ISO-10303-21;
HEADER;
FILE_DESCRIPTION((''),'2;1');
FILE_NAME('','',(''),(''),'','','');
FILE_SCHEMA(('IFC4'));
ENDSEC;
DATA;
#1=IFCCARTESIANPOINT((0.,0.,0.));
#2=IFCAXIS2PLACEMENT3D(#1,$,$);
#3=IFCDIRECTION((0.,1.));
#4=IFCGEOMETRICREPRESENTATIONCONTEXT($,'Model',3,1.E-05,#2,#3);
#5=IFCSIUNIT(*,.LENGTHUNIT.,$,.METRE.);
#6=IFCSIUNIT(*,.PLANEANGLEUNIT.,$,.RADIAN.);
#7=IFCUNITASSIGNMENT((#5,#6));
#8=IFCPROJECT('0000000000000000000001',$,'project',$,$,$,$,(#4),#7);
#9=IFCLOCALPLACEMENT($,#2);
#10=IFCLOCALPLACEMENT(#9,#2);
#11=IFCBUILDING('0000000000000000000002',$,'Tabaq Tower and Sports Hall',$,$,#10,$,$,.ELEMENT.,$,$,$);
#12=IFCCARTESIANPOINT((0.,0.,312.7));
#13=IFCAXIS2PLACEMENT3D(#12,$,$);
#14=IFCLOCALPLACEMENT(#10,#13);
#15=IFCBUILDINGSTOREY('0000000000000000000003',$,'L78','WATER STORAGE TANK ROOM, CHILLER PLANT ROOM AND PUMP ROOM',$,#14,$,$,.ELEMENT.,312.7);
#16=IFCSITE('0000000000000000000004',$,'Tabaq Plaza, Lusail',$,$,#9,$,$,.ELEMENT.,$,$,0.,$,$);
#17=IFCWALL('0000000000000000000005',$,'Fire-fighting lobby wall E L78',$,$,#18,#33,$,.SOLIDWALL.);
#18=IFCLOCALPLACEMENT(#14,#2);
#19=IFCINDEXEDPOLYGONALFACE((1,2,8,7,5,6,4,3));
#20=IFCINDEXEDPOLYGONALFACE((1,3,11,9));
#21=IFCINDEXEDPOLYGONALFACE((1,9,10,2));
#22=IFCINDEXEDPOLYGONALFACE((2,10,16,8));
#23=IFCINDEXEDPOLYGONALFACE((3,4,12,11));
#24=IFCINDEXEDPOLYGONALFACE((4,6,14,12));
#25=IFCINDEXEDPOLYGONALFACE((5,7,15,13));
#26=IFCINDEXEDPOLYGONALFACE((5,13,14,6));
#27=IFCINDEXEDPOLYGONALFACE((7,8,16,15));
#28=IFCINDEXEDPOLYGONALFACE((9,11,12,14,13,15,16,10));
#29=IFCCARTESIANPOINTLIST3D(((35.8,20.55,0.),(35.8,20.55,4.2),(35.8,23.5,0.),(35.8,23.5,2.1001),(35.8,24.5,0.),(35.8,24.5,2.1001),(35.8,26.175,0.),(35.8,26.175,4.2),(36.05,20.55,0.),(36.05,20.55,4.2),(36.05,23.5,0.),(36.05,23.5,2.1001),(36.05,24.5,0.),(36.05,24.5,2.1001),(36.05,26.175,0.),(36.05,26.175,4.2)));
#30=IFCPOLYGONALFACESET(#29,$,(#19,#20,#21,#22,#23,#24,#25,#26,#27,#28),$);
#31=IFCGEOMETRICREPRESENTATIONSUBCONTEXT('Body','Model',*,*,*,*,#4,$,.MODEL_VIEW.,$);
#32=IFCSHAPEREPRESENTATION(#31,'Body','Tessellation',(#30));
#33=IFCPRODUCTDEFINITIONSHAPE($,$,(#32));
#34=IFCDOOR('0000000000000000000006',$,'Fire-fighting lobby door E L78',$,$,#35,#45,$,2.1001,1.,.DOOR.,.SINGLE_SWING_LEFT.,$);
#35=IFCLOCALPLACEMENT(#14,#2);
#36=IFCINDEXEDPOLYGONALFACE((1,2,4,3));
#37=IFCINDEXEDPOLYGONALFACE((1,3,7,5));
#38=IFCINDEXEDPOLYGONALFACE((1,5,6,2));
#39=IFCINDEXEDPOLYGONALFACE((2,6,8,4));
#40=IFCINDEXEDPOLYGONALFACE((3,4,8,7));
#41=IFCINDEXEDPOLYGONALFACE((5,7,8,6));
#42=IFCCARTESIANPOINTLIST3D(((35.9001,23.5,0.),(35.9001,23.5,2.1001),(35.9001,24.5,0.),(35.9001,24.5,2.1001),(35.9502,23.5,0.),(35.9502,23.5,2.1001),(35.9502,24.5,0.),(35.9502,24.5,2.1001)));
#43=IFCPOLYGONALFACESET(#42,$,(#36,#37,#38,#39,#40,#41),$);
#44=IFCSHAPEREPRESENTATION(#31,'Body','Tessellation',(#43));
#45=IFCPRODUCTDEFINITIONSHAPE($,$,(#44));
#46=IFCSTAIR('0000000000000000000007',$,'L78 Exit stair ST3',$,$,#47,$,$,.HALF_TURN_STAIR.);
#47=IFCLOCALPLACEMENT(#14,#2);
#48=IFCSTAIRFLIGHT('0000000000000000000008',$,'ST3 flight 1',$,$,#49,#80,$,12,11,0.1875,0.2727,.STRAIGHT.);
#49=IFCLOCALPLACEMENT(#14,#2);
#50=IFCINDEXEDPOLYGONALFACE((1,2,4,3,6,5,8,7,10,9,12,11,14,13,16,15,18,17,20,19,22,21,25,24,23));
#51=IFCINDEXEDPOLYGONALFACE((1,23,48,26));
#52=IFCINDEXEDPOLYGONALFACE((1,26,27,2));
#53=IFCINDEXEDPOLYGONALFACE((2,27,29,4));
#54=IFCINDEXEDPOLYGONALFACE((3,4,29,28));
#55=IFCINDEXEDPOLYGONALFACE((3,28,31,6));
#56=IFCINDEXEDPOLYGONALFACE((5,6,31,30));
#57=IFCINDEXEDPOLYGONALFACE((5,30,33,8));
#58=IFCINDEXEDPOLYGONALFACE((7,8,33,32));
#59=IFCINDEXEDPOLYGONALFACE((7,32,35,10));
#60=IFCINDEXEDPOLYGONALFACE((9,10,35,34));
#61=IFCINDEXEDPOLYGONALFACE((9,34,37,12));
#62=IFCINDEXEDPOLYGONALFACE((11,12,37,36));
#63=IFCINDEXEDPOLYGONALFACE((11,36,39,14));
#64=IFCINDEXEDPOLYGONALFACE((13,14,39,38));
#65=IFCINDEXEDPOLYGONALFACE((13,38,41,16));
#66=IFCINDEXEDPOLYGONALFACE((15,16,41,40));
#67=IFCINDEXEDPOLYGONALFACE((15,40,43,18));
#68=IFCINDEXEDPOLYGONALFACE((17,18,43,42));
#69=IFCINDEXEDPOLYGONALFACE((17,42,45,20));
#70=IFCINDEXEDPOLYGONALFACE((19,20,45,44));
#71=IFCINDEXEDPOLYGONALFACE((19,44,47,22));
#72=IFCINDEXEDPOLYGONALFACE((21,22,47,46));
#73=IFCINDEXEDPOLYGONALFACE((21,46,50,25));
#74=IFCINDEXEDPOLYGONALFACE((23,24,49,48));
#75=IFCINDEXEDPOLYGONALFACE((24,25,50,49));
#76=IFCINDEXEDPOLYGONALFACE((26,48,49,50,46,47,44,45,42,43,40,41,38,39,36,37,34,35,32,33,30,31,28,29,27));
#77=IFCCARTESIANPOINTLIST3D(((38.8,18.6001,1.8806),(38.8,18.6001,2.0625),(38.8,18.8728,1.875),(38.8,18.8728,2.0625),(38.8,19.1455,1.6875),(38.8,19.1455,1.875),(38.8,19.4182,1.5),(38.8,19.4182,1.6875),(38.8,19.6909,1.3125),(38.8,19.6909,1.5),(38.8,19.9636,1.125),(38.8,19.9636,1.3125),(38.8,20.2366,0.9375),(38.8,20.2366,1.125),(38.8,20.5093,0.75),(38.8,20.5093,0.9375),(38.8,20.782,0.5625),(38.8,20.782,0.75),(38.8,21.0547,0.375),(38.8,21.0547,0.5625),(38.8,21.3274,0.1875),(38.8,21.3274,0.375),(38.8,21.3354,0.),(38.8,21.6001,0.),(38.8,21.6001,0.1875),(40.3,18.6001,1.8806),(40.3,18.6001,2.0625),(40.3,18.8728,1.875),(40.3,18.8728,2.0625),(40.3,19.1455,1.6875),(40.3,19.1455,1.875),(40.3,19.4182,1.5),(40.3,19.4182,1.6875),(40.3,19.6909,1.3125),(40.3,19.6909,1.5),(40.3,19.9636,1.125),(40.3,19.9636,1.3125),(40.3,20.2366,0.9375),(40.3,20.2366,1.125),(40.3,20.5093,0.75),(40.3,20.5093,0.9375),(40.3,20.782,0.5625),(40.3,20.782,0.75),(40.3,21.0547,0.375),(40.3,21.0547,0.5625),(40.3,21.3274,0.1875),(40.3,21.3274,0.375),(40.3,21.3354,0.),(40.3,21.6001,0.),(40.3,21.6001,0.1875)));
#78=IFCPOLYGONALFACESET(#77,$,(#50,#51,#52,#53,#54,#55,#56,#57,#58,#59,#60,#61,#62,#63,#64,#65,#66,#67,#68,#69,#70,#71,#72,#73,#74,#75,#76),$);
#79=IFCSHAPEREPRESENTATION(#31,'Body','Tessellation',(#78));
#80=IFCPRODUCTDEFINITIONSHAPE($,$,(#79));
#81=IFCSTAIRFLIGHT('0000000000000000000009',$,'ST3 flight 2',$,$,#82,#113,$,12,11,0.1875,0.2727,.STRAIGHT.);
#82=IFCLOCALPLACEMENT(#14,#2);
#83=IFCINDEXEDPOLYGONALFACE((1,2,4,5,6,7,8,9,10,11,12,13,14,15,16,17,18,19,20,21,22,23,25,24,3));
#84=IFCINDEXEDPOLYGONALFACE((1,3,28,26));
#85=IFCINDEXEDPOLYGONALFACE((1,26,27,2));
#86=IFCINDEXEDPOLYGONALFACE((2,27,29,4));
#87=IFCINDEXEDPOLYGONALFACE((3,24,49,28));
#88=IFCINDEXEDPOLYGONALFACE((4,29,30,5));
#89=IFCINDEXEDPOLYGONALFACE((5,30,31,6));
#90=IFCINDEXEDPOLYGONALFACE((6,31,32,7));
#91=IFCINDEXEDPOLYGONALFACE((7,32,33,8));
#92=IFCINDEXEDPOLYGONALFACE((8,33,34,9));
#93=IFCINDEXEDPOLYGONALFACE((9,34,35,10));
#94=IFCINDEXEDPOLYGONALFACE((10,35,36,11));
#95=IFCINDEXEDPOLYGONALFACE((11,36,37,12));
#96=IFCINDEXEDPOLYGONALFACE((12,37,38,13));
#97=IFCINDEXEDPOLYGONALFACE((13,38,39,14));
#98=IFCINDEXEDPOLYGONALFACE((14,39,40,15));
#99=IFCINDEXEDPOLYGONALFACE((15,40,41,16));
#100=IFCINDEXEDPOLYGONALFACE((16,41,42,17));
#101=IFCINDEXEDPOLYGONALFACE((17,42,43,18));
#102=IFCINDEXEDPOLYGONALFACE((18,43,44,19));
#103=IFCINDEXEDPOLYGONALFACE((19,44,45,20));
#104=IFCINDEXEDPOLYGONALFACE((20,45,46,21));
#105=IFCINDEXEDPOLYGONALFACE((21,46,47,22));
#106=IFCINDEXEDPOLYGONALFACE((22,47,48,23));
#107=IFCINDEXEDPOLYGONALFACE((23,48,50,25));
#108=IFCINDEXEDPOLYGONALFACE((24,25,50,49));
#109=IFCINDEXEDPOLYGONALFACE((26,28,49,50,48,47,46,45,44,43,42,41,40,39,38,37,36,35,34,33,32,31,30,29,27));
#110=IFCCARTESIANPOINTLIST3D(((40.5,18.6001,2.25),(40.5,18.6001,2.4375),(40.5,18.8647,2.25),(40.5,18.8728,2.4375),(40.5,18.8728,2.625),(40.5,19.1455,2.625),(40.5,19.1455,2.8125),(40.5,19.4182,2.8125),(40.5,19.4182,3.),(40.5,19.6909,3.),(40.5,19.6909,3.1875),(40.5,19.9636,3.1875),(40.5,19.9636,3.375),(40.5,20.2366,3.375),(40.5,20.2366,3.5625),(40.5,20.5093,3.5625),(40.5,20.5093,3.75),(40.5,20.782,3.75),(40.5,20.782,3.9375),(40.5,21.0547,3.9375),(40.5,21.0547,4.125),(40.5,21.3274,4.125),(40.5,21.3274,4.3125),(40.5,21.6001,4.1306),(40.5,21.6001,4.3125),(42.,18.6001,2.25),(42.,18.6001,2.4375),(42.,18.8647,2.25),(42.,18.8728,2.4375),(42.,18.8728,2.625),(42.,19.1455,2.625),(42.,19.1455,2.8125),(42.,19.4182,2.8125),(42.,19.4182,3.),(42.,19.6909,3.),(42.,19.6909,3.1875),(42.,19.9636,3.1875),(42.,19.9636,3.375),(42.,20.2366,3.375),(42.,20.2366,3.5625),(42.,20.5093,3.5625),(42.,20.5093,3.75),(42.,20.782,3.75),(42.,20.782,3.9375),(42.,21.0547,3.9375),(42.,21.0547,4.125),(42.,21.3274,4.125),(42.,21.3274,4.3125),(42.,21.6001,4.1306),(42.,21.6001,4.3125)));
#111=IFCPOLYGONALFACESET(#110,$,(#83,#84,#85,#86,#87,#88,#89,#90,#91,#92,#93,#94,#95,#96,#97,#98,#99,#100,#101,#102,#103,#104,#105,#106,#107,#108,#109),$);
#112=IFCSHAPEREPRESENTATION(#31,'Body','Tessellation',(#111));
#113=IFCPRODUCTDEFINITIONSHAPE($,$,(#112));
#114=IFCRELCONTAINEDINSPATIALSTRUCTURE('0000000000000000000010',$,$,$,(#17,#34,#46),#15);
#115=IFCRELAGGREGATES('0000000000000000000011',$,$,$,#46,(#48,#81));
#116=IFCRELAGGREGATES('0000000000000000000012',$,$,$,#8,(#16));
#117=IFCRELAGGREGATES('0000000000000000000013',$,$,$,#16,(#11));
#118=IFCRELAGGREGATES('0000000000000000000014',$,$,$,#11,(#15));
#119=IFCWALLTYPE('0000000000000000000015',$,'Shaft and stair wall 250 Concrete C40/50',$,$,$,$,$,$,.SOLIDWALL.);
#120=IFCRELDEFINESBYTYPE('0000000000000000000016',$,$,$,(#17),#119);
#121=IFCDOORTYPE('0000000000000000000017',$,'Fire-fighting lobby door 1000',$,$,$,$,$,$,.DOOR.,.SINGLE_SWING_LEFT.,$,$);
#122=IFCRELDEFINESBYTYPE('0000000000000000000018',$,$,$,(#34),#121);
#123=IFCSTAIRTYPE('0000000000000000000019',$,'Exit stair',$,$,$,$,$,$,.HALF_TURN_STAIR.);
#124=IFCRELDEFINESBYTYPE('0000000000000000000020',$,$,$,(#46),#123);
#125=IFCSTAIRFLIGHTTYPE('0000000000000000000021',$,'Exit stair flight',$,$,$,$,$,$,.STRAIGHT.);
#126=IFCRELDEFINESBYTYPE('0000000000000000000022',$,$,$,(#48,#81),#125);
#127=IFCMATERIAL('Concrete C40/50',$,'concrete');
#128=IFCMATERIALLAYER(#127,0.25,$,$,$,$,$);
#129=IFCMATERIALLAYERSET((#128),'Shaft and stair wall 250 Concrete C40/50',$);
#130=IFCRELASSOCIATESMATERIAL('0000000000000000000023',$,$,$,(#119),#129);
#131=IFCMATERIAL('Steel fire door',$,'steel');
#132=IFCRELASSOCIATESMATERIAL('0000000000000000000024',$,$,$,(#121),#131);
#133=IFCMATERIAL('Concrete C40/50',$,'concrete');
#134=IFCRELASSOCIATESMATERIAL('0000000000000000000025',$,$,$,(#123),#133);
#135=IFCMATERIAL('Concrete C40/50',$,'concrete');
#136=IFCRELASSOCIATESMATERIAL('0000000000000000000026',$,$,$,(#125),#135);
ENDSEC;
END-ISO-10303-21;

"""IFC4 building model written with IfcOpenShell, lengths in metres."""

from ifc_helpers import new_model, si_unit, direction, frame, frame_2d, origin, place, context, subcontext, project, spatial, polyline, rectangle, outline, extrude, material, layer, layer_set, type_object, element, fill, aggregate, save


model = new_model("IFC4")

# Units and contexts
model_context = context("Model", 3, precision=1e-05, world=origin(), true_north=direction((0.0, 1.0)))
body_context = subcontext(model_context, "Body", "Model", "MODEL_VIEW")
ifc_project = project(units=[si_unit("LENGTHUNIT", "METRE"), si_unit("PLANEANGLEUNIT", "RADIAN")], contexts=[model_context])

# Site, building, storey
site_placement = place(None, origin())
site = spatial("IfcSite", under=ifc_project, at=site_placement, Name="Tabaq Plaza, Lusail", CompositionType="ELEMENT", RefElevation=0.0)
building_placement = place(site_placement, origin())
building = spatial("IfcBuilding", under=site, at=building_placement, Name="Tabaq Tower and Sports Hall", CompositionType="ELEMENT")
storey_placement = place(building_placement, frame((0.0, 0.0, 312.7)))
storey = spatial("IfcBuildingStorey", under=building, at=storey_placement, Name="L78", Description="WATER STORAGE TANK ROOM, CHILLER PLANT ROOM AND PUMP ROOM", CompositionType="ELEMENT", Elevation=312.7)

# Shared definitions
ifc_material_1 = material(Name="Concrete C40/50", Category="concrete")
ifc_layer_1 = layer(ifc_material_1, 0.25)
ifc_layer_set_1 = layer_set([ifc_layer_1], Name="Shaft and stair wall 250 Concrete C40/50")
wall_type_1 = type_object("IfcWallType", Name="Shaft and stair wall 250 Concrete C40/50", PredefinedType="SOLIDWALL", material=ifc_layer_set_1)

# Wall, opening, door
wall_1_placement = place(storey_placement, frame((35.925, 20.55, 0.0), z_axis=(0.0, 0.0, 1.0), x_axis=(0.0, 1.0, 0.0)))
wall_1 = element("IfcWall", 1, at=wall_1_placement, inside=storey, type_object=wall_type_1, Name="Fire-fighting lobby wall E L78", PredefinedType="SOLIDWALL", context=body_context, shape_type="SweptSolid", body=[
    extrude(rectangle(XDim=5.625, YDim=0.25, at=frame_2d((2.8125, 0.0))), origin(), (0.0, 0.0, 1.0), 4.2),
])
opening_1_placement = place(wall_1_placement, frame((2.95, 0.0, 0.0)))
opening_1 = element("IfcOpeningElement", 2, at=opening_1_placement, cuts=wall_1, PredefinedType="OPENING", context=body_context, shape_type="SweptSolid", body=[
    extrude(rectangle(XDim=1.0, YDim=2.1001, at=frame_2d((0.5, 1.05))), frame((0.0, 0.125, 0.0), z_axis=(0.0, -1.0, 0.0), x_axis=(1.0, 0.0, 0.0)), (0.0, 0.0, 1.0), 0.25),
])
ifc_material_2 = material(Name="Steel fire door", Category="steel")
door_type_1 = type_object("IfcDoorType", Name="Fire-fighting lobby door 1000", OperationType="SINGLE_SWING_LEFT", PredefinedType="DOOR", material=ifc_material_2)
door_1_placement = place(opening_1_placement, origin())
door_1 = element("IfcDoor", 3, at=door_1_placement, inside=storey, type_object=door_type_1, Name="Fire-fighting lobby door E L78", OperationType="SINGLE_SWING_LEFT", OverallHeight=2.1001, OverallWidth=1.0, PredefinedType="DOOR", context=body_context, shape_type="SweptSolid", body=[
    extrude(rectangle(XDim=1.0, YDim=2.1001, at=frame_2d((0.5, 1.05))), frame((0.0, 0.0249, 0.0), z_axis=(0.0, -1.0, 0.0), x_axis=(1.0, 0.0, 0.0)), (0.0, 0.0, 1.0), 0.05),
])
fill(opening_1, door_1)

# Stair, stair flights
ifc_material_3 = material(Name="Concrete C40/50", Category="concrete")
stair_type = type_object("IfcStairType", Name="Exit stair", PredefinedType="HALF_TURN_STAIR", material=ifc_material_3)
stair_placement = place(storey_placement, origin())
stair = element("IfcStair", 4, at=stair_placement, inside=storey, type_object=stair_type, Name="L78 Exit stair ST3", PredefinedType="HALF_TURN_STAIR")
ifc_material_4 = material(Name="Concrete C40/50", Category="concrete")
stair_flight_type = type_object("IfcStairFlightType", Name="Exit stair flight", PredefinedType="STRAIGHT", material=ifc_material_4)
stair_flight_1_placement = place(storey_placement, frame((39.55, 21.6001, 0.0), z_axis=(0.0, 0.0, 1.0), x_axis=(0.0, -1.0, 0.0)))
stair_flight_1 = element("IfcStairFlight", 5, at=stair_flight_1_placement, type_object=stair_flight_type, Name="ST3 flight 1", NumberOfRisers=12, NumberOfTreads=11, PredefinedType="STRAIGHT", RiserHeight=0.1875, TreadLength=0.2727, context=body_context, shape_type="SweptSolid", body=[
    extrude(outline(polyline([(0.0, 0.0), (0.0, 0.1875), (0.2727, 0.1875), (0.2727, 0.375), (0.5454, 0.375), (0.5454, 0.5625), (0.8181, 0.5625), (0.8181, 0.75), (1.0908, 0.75), (1.0908, 0.9375), (1.3635, 0.9375), (1.3635, 1.125), (1.6365, 1.125), (1.6365, 1.3125), (1.9092, 1.3125), (1.9092, 1.5), (2.1819, 1.5), (2.1819, 1.6875), (2.4546, 1.6875), (2.4546, 1.875), (2.7273, 1.875), (2.7273, 2.0625), (3.0, 2.0625), (3.0, 2.25), (3.0, 1.8806), (0.2646, 0.0), (0.0, 0.0)])), frame((0.0, 0.75, 0.0), z_axis=(0.0, -1.0, 0.0), x_axis=(1.0, 0.0, 0.0)), (0.0, 0.0, 1.0), 1.5),
])
stair_flight_2_placement = place(storey_placement, frame((41.25, 18.6001, 2.25), z_axis=(0.0, 0.0, 1.0), x_axis=(0.0, 1.0, 0.0)))
stair_flight_2 = element("IfcStairFlight", 6, at=stair_flight_2_placement, type_object=stair_flight_type, Name="ST3 flight 2", NumberOfRisers=12, NumberOfTreads=11, PredefinedType="STRAIGHT", RiserHeight=0.1875, TreadLength=0.2727, context=body_context, shape_type="SweptSolid", body=[
    extrude(outline(polyline([(0.0, 0.0), (0.0, 0.1875), (0.2727, 0.1875), (0.2727, 0.375), (0.5454, 0.375), (0.5454, 0.5625), (0.8181, 0.5625), (0.8181, 0.75), (1.0908, 0.75), (1.0908, 0.9375), (1.3635, 0.9375), (1.3635, 1.125), (1.6365, 1.125), (1.6365, 1.3125), (1.9092, 1.3125), (1.9092, 1.5), (2.1819, 1.5), (2.1819, 1.6875), (2.4546, 1.6875), (2.4546, 1.875), (2.7273, 1.875), (2.7273, 2.0625), (3.0, 2.0625), (3.0, 2.25), (3.0, 1.8806), (0.2646, 0.0), (0.0, 0.0)])), frame((0.0, 0.75, 0.0), z_axis=(0.0, -1.0, 0.0), x_axis=(1.0, 0.0, 0.0)), (0.0, 0.0, 1.0), 1.5),
])
aggregate(stair, [stair_flight_1, stair_flight_2])

save(model, "model.ifc")
